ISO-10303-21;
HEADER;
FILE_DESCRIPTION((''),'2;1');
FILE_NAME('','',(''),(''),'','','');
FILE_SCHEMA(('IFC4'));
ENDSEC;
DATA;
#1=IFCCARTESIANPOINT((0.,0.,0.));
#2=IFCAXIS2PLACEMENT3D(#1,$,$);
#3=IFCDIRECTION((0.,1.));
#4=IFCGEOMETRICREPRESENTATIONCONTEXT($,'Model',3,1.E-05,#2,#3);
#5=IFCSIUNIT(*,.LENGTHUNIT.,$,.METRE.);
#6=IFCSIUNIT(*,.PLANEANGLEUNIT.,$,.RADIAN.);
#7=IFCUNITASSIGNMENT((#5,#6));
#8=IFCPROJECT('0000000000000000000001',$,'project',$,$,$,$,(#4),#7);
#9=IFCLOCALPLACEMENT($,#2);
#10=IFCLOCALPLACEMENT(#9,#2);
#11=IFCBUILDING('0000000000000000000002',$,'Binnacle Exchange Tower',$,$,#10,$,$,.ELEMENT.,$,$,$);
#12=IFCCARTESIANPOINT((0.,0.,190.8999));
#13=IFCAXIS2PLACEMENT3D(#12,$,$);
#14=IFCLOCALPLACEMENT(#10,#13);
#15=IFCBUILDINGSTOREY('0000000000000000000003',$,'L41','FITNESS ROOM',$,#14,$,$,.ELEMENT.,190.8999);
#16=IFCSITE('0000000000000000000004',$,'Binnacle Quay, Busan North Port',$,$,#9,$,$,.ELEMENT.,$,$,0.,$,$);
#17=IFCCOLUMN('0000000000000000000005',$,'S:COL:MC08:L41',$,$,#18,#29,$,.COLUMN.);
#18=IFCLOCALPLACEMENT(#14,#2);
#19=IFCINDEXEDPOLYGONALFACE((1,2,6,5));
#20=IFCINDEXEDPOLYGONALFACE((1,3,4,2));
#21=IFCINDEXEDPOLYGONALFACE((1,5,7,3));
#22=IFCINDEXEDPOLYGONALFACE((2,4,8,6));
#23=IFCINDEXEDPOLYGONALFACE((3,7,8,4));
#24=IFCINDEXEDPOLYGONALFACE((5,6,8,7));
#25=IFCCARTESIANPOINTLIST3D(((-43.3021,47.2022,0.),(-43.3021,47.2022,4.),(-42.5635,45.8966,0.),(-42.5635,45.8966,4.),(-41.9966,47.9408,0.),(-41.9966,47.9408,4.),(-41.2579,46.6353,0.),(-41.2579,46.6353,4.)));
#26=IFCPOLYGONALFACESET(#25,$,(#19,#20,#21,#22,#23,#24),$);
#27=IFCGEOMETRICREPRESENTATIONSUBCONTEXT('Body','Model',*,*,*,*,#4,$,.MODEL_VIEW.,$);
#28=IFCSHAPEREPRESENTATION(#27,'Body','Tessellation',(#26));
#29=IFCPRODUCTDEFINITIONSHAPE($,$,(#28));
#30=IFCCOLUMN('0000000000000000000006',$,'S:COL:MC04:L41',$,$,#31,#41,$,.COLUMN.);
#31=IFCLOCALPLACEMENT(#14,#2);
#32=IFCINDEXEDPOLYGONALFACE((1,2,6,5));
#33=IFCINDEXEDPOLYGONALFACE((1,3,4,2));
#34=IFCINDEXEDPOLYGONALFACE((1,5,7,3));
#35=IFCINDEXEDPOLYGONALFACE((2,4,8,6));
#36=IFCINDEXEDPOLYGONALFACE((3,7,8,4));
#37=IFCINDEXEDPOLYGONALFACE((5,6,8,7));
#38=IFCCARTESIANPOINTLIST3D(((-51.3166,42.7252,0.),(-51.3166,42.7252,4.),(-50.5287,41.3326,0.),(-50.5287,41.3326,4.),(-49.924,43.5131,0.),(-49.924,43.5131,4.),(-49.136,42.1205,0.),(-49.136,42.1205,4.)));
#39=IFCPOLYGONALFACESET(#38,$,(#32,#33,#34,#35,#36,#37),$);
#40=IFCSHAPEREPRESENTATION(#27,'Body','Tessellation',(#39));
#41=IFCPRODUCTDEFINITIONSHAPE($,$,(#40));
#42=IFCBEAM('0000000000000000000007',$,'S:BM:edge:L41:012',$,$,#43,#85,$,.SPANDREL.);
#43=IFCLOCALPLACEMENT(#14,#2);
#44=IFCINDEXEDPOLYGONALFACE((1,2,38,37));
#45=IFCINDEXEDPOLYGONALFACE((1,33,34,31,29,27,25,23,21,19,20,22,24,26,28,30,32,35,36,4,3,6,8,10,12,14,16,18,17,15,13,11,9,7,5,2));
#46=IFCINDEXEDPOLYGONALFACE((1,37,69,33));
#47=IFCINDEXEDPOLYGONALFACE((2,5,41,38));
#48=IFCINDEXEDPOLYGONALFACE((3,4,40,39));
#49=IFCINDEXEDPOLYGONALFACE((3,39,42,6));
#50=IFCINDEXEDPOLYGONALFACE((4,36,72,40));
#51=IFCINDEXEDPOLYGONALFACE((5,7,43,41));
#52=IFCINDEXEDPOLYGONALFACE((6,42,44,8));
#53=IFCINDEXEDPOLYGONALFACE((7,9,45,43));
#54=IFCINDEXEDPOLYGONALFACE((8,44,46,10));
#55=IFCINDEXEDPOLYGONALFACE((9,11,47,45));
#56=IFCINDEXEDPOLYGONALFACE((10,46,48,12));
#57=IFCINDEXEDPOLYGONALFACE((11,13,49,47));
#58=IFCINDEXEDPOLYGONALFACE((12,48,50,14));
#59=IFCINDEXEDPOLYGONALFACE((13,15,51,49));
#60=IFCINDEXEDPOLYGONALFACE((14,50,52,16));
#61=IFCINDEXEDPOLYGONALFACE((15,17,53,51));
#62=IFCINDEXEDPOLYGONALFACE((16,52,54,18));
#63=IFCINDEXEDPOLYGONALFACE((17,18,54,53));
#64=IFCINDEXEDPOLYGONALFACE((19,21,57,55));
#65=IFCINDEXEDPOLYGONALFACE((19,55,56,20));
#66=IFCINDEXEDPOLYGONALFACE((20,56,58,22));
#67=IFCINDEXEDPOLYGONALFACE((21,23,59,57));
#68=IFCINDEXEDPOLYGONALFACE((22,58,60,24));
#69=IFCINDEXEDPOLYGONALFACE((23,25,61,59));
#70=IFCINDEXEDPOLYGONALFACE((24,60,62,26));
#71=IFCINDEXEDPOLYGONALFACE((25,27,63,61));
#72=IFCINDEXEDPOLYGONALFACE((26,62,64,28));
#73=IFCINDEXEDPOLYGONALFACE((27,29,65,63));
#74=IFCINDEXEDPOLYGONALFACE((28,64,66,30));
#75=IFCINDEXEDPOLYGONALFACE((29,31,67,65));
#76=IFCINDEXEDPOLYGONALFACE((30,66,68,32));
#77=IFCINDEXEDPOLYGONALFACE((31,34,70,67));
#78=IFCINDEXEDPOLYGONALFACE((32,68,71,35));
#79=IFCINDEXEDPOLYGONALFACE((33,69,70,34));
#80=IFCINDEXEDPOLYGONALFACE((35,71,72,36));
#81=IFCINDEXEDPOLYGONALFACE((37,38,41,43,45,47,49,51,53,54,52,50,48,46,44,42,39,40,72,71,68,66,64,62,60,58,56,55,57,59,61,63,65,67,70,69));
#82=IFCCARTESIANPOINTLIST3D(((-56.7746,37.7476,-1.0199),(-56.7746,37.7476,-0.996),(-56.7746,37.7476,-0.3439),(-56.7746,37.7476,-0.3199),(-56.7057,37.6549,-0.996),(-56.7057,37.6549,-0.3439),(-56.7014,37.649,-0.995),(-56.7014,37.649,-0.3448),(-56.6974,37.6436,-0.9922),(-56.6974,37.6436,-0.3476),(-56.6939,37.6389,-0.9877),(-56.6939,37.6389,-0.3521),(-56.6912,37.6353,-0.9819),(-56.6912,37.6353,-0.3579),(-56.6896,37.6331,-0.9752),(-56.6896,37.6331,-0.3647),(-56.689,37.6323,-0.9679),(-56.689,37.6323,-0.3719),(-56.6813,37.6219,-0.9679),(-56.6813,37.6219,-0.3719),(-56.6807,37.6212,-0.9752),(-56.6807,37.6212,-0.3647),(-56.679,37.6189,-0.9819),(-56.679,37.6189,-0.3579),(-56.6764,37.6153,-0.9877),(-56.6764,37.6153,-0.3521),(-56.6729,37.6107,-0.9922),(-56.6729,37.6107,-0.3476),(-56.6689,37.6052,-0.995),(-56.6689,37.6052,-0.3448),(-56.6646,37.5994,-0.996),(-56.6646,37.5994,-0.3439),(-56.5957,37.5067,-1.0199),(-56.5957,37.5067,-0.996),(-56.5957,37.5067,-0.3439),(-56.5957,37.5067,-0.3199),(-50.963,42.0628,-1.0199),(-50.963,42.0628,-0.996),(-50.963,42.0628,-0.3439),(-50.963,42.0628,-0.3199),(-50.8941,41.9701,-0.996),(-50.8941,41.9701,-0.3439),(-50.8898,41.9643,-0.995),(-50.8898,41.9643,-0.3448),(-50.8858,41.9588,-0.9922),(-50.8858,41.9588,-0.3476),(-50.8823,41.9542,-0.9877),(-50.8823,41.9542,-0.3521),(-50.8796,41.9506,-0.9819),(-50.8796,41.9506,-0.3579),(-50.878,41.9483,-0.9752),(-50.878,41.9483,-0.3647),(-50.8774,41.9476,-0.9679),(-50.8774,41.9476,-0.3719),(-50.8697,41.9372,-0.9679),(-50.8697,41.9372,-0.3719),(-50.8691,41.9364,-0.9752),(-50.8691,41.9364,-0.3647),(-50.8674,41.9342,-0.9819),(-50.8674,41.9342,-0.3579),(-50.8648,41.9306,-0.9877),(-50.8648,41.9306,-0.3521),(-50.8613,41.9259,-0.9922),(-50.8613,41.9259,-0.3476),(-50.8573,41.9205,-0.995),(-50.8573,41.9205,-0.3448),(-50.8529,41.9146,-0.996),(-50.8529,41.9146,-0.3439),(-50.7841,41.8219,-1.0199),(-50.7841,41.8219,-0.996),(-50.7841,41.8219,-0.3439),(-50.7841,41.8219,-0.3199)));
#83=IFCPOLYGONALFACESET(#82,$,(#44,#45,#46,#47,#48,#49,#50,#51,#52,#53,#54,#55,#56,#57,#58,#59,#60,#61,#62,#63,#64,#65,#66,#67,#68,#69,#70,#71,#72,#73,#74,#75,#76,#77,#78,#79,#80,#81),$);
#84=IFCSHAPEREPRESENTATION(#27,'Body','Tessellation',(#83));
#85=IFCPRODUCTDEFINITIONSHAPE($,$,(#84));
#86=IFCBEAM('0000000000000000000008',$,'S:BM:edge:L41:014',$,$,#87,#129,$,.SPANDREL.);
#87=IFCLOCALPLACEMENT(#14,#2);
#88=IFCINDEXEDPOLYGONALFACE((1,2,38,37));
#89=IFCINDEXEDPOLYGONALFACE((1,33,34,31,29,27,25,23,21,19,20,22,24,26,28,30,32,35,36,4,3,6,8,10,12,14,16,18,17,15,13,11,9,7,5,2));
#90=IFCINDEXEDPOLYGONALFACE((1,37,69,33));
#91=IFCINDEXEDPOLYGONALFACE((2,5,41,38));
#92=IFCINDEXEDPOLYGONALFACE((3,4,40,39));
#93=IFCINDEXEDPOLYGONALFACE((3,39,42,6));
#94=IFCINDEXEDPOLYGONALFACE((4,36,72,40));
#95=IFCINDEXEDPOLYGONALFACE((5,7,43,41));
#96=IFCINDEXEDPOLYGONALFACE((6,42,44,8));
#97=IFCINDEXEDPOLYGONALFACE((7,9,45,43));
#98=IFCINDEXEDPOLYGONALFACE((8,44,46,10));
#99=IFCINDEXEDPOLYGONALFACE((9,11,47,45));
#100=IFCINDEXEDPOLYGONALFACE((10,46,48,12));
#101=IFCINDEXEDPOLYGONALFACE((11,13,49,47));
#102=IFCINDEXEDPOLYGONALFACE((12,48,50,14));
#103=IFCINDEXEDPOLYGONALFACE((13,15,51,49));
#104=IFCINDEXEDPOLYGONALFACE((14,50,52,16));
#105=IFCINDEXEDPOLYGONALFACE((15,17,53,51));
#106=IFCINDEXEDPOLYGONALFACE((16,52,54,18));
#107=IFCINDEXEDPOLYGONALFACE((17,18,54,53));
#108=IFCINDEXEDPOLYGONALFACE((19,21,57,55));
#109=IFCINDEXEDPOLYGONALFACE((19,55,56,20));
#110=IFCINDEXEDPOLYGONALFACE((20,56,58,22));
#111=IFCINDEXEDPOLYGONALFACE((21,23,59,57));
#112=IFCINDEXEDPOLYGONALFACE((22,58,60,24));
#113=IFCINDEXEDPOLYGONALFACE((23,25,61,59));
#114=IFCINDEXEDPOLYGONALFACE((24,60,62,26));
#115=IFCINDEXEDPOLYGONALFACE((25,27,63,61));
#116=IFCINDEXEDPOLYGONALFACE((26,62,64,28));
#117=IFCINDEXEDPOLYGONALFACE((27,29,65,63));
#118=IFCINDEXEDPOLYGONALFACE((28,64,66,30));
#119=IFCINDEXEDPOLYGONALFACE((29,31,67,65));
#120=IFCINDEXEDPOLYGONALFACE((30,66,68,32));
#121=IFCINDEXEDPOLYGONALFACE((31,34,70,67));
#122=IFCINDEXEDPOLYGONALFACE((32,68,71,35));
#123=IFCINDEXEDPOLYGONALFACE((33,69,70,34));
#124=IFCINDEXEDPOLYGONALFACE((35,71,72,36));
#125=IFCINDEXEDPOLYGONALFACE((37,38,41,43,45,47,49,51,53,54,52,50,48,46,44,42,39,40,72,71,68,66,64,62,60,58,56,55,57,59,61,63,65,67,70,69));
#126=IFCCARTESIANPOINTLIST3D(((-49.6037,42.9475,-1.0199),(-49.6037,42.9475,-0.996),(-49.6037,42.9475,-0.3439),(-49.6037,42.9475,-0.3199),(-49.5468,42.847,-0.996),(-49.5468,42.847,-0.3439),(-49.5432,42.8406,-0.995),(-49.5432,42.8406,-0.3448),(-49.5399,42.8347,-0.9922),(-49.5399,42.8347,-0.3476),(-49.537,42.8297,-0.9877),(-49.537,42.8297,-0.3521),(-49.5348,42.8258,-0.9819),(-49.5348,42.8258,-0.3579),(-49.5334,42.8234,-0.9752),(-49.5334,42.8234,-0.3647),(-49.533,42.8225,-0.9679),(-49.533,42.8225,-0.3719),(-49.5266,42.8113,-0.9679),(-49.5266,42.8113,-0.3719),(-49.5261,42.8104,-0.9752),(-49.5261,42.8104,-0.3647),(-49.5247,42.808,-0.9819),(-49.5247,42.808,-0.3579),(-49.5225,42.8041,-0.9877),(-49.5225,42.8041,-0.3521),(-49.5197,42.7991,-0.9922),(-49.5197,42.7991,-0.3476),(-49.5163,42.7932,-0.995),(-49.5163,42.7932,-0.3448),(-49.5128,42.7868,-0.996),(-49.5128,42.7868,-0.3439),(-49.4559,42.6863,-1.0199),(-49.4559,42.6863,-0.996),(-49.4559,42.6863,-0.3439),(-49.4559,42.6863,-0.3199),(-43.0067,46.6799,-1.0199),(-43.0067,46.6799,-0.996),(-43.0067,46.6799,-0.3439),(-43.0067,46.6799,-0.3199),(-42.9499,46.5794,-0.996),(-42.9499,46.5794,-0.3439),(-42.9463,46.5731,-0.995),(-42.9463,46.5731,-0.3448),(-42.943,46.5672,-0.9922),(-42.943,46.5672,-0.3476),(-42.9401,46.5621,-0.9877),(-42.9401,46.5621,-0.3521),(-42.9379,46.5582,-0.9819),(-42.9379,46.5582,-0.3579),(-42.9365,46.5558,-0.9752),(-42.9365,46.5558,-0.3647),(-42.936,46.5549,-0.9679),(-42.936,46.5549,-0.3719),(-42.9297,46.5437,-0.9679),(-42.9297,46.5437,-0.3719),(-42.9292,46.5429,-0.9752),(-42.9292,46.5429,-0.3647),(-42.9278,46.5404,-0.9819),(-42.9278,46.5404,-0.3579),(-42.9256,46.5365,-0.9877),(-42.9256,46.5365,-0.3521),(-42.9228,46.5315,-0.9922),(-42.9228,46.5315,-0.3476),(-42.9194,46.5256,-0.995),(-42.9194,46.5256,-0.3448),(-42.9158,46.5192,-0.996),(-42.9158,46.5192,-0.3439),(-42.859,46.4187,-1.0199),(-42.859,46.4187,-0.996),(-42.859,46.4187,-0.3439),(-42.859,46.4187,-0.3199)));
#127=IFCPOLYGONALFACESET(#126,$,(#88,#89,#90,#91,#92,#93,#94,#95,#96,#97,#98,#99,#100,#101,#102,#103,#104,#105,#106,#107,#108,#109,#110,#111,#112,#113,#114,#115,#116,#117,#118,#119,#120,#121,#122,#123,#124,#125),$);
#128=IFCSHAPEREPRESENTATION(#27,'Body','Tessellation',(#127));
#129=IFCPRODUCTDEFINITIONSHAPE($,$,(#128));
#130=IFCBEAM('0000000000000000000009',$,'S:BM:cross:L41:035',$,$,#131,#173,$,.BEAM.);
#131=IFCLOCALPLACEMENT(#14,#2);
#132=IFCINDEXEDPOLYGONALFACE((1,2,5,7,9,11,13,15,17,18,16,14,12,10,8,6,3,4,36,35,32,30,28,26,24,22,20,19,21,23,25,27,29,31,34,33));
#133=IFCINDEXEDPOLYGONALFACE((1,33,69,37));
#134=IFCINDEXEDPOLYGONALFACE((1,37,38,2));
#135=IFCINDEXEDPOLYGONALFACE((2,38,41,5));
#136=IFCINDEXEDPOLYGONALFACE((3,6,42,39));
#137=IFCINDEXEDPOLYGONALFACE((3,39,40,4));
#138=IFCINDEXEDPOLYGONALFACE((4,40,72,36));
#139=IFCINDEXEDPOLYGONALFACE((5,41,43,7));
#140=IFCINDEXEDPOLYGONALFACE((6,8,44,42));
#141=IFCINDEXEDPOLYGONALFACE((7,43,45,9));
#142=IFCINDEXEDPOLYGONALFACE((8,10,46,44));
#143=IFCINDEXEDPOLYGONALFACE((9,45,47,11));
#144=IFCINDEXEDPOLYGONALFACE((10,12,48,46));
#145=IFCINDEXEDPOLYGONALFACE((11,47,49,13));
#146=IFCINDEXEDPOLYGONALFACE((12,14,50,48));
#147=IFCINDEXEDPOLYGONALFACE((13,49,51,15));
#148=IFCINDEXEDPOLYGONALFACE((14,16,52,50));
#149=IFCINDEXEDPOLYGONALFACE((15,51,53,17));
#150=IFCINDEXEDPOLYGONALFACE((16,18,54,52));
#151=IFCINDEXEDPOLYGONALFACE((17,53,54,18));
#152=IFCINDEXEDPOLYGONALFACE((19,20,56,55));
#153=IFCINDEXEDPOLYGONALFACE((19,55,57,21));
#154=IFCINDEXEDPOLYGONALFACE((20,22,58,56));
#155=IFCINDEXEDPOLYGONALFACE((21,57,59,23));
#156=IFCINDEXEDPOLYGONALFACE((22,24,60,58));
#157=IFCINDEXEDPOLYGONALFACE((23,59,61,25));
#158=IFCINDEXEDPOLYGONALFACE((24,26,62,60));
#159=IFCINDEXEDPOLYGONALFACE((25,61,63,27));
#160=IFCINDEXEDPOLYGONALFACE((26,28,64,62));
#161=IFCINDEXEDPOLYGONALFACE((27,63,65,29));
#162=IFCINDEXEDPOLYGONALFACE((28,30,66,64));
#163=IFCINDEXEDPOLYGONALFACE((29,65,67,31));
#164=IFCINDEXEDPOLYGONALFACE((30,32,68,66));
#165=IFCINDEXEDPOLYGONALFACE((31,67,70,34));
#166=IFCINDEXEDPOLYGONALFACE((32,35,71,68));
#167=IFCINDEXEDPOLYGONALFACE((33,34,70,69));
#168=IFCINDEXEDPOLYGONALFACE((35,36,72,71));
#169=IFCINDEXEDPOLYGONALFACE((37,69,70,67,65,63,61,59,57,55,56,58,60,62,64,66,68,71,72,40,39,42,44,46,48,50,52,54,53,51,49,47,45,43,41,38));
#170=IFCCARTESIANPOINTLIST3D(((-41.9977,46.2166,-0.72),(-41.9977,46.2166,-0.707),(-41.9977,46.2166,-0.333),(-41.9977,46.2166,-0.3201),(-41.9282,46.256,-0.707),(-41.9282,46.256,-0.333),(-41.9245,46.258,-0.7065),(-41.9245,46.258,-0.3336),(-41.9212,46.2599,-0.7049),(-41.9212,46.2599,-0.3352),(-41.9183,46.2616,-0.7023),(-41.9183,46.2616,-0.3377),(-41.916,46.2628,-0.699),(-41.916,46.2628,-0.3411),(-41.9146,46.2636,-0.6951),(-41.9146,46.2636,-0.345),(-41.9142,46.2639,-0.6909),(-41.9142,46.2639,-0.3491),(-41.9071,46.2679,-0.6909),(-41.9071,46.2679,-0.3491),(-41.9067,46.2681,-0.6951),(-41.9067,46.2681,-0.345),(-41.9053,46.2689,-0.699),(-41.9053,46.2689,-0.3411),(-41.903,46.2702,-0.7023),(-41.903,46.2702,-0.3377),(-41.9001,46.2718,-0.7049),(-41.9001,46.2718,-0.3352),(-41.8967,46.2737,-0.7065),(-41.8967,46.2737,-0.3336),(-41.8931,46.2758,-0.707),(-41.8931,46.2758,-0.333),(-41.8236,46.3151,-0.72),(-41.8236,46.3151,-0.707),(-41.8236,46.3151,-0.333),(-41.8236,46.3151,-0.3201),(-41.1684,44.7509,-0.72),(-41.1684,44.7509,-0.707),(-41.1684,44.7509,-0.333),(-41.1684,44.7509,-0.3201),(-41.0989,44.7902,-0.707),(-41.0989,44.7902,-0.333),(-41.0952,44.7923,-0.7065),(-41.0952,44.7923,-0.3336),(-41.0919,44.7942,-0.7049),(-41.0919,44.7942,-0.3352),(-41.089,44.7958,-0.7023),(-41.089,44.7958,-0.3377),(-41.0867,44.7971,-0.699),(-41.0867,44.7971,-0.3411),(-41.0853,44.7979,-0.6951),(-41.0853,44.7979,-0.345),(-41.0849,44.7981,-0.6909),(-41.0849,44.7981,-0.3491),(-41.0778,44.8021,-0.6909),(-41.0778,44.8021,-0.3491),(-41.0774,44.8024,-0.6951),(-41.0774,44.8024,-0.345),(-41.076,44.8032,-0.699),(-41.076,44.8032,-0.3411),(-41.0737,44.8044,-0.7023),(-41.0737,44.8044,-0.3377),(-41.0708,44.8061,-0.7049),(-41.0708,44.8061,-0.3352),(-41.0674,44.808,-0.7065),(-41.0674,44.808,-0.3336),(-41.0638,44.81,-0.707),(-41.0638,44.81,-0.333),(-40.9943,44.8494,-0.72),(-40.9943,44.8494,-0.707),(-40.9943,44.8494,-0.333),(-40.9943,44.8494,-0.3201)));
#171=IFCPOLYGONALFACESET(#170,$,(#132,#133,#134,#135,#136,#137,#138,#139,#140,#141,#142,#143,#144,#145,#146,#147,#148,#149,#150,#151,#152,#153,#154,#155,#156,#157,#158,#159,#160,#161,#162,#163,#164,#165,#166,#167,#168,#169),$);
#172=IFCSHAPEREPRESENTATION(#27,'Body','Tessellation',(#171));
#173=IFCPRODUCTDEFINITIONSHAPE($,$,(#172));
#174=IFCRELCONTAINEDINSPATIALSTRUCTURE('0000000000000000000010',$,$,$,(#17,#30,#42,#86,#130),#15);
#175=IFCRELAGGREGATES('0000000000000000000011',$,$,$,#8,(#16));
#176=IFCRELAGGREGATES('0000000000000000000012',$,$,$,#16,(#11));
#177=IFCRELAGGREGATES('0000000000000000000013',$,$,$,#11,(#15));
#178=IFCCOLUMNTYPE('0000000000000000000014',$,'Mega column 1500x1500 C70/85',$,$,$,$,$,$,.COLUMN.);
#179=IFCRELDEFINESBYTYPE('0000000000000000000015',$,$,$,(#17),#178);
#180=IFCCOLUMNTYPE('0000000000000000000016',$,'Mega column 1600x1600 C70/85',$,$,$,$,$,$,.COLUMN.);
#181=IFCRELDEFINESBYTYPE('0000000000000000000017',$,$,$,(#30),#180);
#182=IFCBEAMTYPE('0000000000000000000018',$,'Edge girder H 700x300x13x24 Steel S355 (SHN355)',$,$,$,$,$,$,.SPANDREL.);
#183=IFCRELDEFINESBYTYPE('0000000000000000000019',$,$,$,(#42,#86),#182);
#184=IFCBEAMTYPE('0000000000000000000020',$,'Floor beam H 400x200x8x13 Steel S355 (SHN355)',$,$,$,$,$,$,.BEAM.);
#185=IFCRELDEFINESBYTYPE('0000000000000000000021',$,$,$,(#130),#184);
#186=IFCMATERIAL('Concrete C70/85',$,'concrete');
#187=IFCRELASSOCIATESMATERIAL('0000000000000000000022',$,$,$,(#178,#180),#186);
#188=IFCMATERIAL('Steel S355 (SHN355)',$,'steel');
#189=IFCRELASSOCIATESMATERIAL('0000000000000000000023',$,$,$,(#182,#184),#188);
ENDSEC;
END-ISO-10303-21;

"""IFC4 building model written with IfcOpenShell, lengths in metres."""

from ifc_helpers import new_model, si_unit, direction, frame, origin, origin_2d, place, context, subcontext, project, spatial, rectangle, i_section, extrude, material, material_profile, profile_set, type_object, element, save


model = new_model("IFC4")

# Units and contexts
model_context = context("Model", 3, precision=1e-05, world=origin(), true_north=direction((0.0, 1.0)))
body_context = subcontext(model_context, "Body", "Model", "MODEL_VIEW")
ifc_project = project(units=[si_unit("LENGTHUNIT", "METRE"), si_unit("PLANEANGLEUNIT", "RADIAN")], contexts=[model_context])

# Site, building, storey
site_placement = place(None, origin())
site = spatial("IfcSite", under=ifc_project, at=site_placement, Name="Binnacle Quay, Busan North Port", CompositionType="ELEMENT", RefElevation=0.0)
building_placement = place(site_placement, origin())
building = spatial("IfcBuilding", under=site, at=building_placement, Name="Binnacle Exchange Tower", CompositionType="ELEMENT")
storey_placement = place(building_placement, frame((0.0, 0.0, 190.8999)))
storey = spatial("IfcBuildingStorey", under=building, at=storey_placement, Name="L41", Description="FITNESS ROOM", CompositionType="ELEMENT", Elevation=190.8999)

# Columns
ifc_material_1 = material(Name="Concrete C70/85", Category="concrete")
ifc_material_profile_1 = material_profile(ifc_material_1, rectangle(XDim=1.5, YDim=1.5, at=origin_2d()), Name="Mega column 1500x1500 C70/85")
ifc_profile_set_1 = profile_set([ifc_material_profile_1], Name="Concrete C70/85")
column_type_1 = type_object("IfcColumnType", Name="Mega column 1500x1500 C70/85", PredefinedType="COLUMN", material=ifc_profile_set_1)
column_1_placement = place(storey_placement, frame((-42.28, 46.9187, 0.0), z_axis=(0.0, 0.0, 1.0), x_axis=(-0.870356, -0.492424, 0.0)))
element("IfcColumn", 1, at=column_1_placement, inside=storey, type_object=column_type_1, Name="S:COL:MC08:L41", PredefinedType="COLUMN", context=body_context, shape_type="SweptSolid", body=[
    extrude(rectangle(XDim=1.5, YDim=1.5, at=origin_2d()), origin(), (0.0, 0.0, 1.0), 4.0),
])
ifc_material_profile_2 = material_profile(ifc_material_1, rectangle(XDim=1.6001, YDim=1.6001, at=origin_2d()), Name="Mega column 1600x1600 C70/85")
ifc_profile_set_2 = profile_set([ifc_material_profile_2], Name="Concrete C70/85")
column_type_2 = type_object("IfcColumnType", Name="Mega column 1600x1600 C70/85", PredefinedType="COLUMN", material=ifc_profile_set_2)
column_2_placement = place(storey_placement, frame((-50.2263, 42.4229, 0.0), z_axis=(0.0, 0.0, 1.0), x_axis=(-0.870356, -0.492424, 0.0)))
element("IfcColumn", 2, at=column_2_placement, inside=storey, type_object=column_type_2, Name="S:COL:MC04:L41", PredefinedType="COLUMN", context=body_context, shape_type="SweptSolid", body=[
    extrude(rectangle(XDim=1.6001, YDim=1.6001, at=origin_2d()), origin(), (0.0, 0.0, 1.0), 4.0),
])

# Beams
ifc_material_2 = material(Name="Steel S355 (SHN355)", Category="steel")
ifc_material_profile_3 = material_profile(ifc_material_2, i_section(OverallWidth=0.3, OverallDepth=0.7, WebThickness=0.0129, FlangeThickness=0.0239, FilletRadius=0.0281, at=origin_2d()), Name="H 700x300x13x24")
ifc_profile_set_3 = profile_set([ifc_material_profile_3], Name="Steel S355 (SHN355)")
beam_type_1 = type_object("IfcBeamType", Name="Edge girder H 700x300x13x24 Steel S355 (SHN355)", PredefinedType="SPANDREL", material=ifc_profile_set_3)
beam_1_placement = place(storey_placement, frame((-50.8735, 41.9424, -0.6699), z_axis=(-0.802873, -0.596151, 0.0), x_axis=(0.596151, -0.802873, 0.0)))
element("IfcBeam", 3, at=beam_1_placement, inside=storey, type_object=beam_type_1, Name="S:BM:edge:L41:012", PredefinedType="SPANDREL", context=body_context, shape_type="SweptSolid", body=[
    extrude(i_section(OverallWidth=0.3, OverallDepth=0.7, WebThickness=0.0129, FlangeThickness=0.0239, FilletRadius=0.0281, at=origin_2d()), origin(), (0.0, 0.0, 1.0), 7.2385),
])
beam_2_placement = place(storey_placement, frame((-42.9329, 46.5493, -0.6699), z_axis=(-0.870352, -0.49243, 0.0), x_axis=(0.49243, -0.870352, 0.0)))
element("IfcBeam", 4, at=beam_2_placement, inside=storey, type_object=beam_type_1, Name="S:BM:edge:L41:014", PredefinedType="SPANDREL", context=body_context, shape_type="SweptSolid", body=[
    extrude(i_section(OverallWidth=0.3, OverallDepth=0.7, WebThickness=0.0129, FlangeThickness=0.0239, FilletRadius=0.0281, at=origin_2d()), origin(), (0.0, 0.0, 1.0), 7.5796),
])
ifc_material_profile_4 = material_profile(ifc_material_2, i_section(OverallWidth=0.2, OverallDepth=0.3999, WebThickness=0.0081, FlangeThickness=0.0129, FilletRadius=0.0161, at=origin_2d()), Name="H 400x200x8x13")
ifc_profile_set_4 = profile_set([ifc_material_profile_4], Name="Steel S355 (SHN355)")
beam_type_2 = type_object("IfcBeamType", Name="Floor beam H 400x200x8x13 Steel S355 (SHN355)", PredefinedType="BEAM", material=ifc_profile_set_4)
beam_3_placement = place(storey_placement, frame((-41.9106, 46.2659, -0.52), z_axis=(0.492435, -0.870349, 0.0), x_axis=(0.870349, 0.492435, 0.0)))
element("IfcBeam", 5, at=beam_3_placement, inside=storey, type_object=beam_type_2, Name="S:BM:cross:L41:035", PredefinedType="BEAM", context=body_context, shape_type="SweptSolid", body=[
    extrude(i_section(OverallWidth=0.2, OverallDepth=0.3999, WebThickness=0.0081, FlangeThickness=0.0129, FilletRadius=0.0161, at=origin_2d()), origin(), (0.0, 0.0, 1.0), 1.6841),
])

save(model, "model.ifc")
